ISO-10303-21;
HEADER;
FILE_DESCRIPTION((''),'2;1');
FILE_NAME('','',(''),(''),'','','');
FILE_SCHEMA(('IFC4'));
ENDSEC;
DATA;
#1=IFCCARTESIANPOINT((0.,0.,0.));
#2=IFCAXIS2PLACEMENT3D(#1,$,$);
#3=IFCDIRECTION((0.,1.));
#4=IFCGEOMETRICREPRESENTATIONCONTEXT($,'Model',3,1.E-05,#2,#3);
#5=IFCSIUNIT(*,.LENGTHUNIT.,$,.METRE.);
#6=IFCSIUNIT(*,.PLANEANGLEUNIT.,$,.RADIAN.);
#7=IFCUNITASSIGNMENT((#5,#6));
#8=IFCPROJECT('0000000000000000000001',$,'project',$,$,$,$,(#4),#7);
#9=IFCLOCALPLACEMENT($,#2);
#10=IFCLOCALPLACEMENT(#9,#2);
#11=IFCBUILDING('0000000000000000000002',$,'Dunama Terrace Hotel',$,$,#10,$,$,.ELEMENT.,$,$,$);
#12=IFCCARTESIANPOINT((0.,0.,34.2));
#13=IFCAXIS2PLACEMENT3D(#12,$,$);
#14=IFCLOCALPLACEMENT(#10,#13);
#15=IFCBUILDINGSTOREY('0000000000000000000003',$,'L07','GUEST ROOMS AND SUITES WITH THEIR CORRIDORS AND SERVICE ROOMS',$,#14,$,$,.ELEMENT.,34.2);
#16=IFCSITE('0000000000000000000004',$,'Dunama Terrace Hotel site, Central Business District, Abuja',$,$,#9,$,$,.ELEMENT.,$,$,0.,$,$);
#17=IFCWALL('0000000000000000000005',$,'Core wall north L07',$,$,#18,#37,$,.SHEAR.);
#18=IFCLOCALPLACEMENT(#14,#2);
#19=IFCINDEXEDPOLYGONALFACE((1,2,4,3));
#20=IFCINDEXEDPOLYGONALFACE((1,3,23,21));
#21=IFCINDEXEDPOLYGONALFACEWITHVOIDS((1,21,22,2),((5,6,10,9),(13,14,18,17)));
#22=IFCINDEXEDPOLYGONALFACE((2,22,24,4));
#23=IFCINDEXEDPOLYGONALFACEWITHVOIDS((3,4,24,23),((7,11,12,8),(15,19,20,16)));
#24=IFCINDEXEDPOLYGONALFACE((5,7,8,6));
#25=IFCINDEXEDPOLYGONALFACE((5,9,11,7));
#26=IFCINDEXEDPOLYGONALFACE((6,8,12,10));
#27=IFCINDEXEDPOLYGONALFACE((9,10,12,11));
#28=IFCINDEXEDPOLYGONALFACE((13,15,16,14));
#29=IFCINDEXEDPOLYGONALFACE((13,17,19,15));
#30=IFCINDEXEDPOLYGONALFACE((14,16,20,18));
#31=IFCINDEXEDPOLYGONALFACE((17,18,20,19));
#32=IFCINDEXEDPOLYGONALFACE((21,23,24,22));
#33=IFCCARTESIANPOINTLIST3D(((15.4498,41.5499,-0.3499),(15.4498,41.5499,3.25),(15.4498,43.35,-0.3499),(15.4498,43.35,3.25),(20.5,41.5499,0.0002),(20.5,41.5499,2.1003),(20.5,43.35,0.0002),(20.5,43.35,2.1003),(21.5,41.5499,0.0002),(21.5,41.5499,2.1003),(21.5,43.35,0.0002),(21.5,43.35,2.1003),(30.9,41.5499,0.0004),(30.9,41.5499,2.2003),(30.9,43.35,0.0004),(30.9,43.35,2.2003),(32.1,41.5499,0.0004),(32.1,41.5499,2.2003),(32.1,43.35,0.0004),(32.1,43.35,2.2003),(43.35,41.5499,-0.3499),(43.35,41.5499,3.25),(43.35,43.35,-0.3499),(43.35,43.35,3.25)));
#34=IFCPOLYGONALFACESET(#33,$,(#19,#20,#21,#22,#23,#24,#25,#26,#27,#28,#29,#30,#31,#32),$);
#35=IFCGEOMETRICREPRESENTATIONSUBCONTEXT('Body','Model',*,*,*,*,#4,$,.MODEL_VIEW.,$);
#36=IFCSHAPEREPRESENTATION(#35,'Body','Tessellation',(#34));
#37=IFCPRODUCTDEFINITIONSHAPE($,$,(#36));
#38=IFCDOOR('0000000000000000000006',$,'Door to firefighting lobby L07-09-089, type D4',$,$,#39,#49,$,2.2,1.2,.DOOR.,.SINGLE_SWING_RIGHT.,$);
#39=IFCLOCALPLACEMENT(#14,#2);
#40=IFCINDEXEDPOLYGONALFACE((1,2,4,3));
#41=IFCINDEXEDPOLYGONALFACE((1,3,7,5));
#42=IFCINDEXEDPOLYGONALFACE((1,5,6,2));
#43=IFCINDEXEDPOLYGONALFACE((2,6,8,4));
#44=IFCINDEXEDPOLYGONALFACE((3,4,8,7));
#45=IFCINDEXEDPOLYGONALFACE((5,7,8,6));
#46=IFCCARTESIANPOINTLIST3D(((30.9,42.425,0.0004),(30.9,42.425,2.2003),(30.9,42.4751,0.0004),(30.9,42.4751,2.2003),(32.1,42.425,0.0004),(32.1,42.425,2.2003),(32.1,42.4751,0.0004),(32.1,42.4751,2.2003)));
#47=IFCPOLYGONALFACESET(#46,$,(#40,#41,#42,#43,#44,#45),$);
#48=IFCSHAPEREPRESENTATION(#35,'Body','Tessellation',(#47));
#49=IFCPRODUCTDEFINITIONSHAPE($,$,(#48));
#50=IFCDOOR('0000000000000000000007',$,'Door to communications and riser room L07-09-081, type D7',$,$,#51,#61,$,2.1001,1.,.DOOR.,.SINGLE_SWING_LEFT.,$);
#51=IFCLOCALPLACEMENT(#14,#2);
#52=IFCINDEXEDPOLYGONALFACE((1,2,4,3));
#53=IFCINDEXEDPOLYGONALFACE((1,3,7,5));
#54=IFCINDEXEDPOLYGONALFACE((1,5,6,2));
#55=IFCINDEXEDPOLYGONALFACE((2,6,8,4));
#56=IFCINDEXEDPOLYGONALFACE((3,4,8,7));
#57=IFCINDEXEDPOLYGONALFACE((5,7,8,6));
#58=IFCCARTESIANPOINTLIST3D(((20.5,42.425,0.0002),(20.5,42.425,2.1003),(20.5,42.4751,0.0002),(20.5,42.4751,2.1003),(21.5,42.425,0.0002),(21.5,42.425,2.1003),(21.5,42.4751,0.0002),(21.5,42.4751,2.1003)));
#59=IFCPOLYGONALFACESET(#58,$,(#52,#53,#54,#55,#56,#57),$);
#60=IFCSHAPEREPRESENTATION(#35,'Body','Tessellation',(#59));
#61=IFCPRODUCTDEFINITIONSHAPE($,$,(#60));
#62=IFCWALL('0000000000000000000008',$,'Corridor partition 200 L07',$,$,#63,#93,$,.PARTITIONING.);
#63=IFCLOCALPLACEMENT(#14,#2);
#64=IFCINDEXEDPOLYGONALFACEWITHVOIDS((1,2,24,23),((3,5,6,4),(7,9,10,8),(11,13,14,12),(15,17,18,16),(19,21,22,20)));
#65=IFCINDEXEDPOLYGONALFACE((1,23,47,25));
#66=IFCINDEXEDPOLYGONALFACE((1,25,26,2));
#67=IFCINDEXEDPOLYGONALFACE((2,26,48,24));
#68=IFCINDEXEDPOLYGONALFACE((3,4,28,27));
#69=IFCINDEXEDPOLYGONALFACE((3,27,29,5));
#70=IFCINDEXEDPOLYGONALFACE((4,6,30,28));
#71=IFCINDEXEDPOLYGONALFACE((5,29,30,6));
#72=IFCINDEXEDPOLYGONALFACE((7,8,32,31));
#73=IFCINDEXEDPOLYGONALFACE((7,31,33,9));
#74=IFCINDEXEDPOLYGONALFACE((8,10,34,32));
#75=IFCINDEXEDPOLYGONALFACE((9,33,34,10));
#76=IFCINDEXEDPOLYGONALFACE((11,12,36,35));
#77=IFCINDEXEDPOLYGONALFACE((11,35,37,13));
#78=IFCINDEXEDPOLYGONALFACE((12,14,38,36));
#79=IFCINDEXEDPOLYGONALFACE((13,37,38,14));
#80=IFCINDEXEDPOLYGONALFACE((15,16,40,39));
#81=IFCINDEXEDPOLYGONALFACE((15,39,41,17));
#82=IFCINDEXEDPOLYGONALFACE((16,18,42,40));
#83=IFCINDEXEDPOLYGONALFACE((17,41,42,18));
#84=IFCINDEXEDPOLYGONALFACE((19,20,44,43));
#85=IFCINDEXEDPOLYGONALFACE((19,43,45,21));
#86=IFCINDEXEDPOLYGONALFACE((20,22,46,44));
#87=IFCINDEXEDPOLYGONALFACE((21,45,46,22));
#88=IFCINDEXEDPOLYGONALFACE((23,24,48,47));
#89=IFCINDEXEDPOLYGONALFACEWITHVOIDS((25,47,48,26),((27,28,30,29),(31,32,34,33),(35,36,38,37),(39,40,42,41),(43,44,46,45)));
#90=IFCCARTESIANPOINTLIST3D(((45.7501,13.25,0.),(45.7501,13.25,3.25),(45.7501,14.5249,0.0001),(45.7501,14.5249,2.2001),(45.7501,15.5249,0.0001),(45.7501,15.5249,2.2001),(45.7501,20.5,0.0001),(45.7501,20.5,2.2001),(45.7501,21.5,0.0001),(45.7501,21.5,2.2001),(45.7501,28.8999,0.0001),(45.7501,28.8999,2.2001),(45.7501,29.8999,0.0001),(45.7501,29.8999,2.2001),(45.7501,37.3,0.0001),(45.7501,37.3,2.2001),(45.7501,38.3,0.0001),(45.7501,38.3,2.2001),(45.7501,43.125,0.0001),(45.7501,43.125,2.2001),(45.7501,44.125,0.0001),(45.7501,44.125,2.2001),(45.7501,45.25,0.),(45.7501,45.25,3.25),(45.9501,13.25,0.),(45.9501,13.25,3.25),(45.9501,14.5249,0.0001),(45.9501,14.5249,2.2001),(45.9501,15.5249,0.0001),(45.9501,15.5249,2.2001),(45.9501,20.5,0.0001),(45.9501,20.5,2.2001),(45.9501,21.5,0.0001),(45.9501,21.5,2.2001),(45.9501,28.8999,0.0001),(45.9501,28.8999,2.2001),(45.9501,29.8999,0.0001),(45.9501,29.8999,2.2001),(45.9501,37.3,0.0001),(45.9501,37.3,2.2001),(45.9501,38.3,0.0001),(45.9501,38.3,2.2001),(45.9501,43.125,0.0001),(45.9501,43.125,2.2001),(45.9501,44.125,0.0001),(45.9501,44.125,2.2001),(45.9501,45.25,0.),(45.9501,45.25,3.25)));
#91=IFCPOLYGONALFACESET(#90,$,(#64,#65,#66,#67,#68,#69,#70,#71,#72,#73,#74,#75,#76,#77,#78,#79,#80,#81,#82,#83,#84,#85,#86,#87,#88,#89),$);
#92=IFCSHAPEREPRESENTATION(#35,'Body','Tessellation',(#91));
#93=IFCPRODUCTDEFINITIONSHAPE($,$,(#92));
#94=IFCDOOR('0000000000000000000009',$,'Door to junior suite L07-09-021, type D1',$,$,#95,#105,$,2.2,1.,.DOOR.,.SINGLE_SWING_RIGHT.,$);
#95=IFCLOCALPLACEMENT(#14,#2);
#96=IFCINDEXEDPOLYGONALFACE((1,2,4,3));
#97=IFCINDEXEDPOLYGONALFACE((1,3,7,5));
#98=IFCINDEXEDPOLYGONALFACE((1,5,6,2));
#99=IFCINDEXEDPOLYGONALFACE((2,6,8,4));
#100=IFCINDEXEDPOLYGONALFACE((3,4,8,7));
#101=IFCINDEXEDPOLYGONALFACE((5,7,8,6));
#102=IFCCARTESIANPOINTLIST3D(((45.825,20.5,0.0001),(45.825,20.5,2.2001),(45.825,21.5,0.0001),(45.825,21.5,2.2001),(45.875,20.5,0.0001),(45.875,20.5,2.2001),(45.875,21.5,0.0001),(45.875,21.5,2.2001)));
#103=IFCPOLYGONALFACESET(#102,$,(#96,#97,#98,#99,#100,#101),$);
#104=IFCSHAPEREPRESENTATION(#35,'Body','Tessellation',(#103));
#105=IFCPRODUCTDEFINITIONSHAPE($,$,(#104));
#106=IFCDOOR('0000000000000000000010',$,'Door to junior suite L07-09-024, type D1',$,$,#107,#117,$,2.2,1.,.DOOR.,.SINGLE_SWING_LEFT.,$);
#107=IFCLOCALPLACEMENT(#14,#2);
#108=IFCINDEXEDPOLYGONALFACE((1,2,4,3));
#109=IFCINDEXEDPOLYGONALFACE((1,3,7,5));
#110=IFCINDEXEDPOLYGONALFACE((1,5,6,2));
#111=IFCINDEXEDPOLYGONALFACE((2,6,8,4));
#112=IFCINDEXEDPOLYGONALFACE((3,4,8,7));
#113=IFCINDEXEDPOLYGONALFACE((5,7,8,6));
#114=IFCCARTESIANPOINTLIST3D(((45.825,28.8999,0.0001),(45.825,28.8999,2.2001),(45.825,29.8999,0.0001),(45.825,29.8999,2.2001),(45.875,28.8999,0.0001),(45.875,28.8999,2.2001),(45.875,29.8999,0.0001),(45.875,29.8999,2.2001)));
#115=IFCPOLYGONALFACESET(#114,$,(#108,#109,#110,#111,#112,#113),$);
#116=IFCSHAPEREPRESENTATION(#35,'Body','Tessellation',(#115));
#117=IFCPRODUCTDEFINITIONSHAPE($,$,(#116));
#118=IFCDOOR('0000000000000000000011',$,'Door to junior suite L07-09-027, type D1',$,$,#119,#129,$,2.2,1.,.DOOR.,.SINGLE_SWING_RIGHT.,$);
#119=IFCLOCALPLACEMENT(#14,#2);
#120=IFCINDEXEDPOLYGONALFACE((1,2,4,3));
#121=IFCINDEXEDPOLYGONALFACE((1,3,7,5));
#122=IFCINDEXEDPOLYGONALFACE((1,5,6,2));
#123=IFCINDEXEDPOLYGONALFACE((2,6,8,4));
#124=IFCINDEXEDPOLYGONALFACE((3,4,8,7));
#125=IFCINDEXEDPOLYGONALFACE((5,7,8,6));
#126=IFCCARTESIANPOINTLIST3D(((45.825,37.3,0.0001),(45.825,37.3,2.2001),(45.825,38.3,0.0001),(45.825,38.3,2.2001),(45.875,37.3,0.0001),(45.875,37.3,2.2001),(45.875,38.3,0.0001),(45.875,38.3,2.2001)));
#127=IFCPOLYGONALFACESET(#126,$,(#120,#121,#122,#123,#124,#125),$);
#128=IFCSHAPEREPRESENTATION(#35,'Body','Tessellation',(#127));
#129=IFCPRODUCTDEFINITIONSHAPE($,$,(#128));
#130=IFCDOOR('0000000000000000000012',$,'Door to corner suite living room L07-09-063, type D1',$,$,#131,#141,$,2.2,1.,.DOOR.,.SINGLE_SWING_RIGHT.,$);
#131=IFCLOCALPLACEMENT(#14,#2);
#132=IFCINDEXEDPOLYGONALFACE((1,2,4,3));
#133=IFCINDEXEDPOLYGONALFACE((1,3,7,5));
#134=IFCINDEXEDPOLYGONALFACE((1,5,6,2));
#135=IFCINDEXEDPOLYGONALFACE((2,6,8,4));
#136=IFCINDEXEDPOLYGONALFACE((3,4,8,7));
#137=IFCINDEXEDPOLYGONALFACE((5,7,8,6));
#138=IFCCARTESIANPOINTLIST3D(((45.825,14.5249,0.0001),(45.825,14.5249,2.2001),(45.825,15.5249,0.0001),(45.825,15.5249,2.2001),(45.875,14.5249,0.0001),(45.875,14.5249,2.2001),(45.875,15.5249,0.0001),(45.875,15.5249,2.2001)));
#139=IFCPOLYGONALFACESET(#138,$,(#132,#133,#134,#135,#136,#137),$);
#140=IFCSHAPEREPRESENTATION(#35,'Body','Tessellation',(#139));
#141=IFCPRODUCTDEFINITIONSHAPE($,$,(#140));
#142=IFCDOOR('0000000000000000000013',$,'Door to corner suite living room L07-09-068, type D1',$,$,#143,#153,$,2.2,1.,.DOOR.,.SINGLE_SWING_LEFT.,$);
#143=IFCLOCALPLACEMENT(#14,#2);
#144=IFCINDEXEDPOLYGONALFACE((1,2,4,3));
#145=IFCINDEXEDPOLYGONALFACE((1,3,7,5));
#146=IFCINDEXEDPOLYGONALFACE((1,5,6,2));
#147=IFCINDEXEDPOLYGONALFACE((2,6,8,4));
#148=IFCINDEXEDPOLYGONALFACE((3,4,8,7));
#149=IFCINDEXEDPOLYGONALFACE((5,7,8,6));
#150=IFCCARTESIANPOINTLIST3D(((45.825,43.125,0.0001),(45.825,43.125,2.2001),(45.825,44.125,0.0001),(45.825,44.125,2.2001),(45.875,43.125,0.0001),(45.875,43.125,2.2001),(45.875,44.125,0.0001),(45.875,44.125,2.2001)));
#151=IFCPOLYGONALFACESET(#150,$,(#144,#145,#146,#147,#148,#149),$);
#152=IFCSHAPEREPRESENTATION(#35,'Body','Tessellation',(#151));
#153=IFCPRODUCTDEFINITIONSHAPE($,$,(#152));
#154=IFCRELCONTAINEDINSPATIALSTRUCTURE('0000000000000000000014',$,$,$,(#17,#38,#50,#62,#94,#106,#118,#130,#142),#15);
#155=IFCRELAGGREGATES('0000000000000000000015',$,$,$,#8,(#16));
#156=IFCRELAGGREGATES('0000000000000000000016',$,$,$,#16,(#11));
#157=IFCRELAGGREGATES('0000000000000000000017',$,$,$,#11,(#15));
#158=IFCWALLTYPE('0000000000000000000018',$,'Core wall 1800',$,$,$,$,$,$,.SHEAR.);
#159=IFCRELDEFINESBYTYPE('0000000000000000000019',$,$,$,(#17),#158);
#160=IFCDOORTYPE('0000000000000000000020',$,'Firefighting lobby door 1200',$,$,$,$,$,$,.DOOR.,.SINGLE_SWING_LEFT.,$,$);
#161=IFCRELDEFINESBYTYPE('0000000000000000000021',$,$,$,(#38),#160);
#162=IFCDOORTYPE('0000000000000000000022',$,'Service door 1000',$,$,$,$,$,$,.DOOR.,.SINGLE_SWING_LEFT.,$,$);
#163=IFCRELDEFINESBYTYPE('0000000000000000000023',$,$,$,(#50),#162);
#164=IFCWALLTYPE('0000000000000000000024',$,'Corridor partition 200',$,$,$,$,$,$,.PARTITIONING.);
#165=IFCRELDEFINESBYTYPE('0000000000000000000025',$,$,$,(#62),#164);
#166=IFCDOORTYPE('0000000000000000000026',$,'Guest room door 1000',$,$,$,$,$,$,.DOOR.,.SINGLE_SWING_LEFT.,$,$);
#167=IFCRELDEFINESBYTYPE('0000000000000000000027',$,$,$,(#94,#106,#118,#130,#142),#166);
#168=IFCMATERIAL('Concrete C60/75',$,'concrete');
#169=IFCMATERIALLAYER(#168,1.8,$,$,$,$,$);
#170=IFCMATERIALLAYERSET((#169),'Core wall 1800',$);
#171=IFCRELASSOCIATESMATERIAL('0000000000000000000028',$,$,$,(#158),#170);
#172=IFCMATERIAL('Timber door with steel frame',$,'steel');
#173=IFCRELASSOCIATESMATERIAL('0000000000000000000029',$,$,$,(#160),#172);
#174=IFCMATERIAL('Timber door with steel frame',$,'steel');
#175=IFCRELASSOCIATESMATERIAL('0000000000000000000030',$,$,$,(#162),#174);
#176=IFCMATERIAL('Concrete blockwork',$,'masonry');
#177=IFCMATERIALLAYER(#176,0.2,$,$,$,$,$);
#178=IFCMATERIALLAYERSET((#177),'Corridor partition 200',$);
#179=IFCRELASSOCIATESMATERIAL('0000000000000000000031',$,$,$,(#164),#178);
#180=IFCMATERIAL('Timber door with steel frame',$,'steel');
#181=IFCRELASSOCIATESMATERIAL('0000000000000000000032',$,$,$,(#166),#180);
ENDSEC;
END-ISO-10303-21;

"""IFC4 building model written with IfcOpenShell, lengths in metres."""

from ifc_helpers import new_model, si_unit, direction, frame, frame_2d, origin, place, context, subcontext, project, spatial, rectangle, extrude, material, layer, layer_set, type_object, element, fill, save


model = new_model("IFC4")

# Units and contexts
model_context = context("Model", 3, precision=1e-05, world=origin(), true_north=direction((0.0, 1.0)))
body_context = subcontext(model_context, "Body", "Model", "MODEL_VIEW")
ifc_project = project(units=[si_unit("LENGTHUNIT", "METRE"), si_unit("PLANEANGLEUNIT", "RADIAN")], contexts=[model_context])

# Site, building, storey
site_placement = place(None, origin())
site = spatial("IfcSite", under=ifc_project, at=site_placement, Name="Dunama Terrace Hotel site, Central Business District, Abuja", CompositionType="ELEMENT", RefElevation=0.0)
building_placement = place(site_placement, origin())
building = spatial("IfcBuilding", under=site, at=building_placement, Name="Dunama Terrace Hotel", CompositionType="ELEMENT")
storey_placement = place(building_placement, frame((0.0, 0.0, 34.2)))
storey = spatial("IfcBuildingStorey", under=building, at=storey_placement, Name="L07", Description="GUEST ROOMS AND SUITES WITH THEIR CORRIDORS AND SERVICE ROOMS", CompositionType="ELEMENT", Elevation=34.2)

# Walls, openings, doors
ifc_material_1 = material(Name="Concrete C60/75", Category="concrete")
ifc_layer_1 = layer(ifc_material_1, 1.8)
ifc_layer_set_1 = layer_set([ifc_layer_1], Name="Core wall 1800")
wall_type_1 = type_object("IfcWallType", Name="Core wall 1800", PredefinedType="SHEAR", material=ifc_layer_set_1)
wall_1_placement = place(storey_placement, frame((43.3501, 42.45, -0.3499), z_axis=(0.0, 0.0, 1.0), x_axis=(-1.0, 0.0, 0.0)))
wall_1 = element("IfcWall", 1, at=wall_1_placement, inside=storey, type_object=wall_type_1, Name="Core wall north L07", PredefinedType="SHEAR", context=body_context, shape_type="SweptSolid", body=[
    extrude(rectangle(XDim=27.9001, YDim=1.8, at=frame_2d((13.9502, 0.0))), origin(), (0.0, 0.0, 1.0), 3.5999),
])
opening_1_placement = place(wall_1_placement, frame((21.8501, 0.0, 0.3501)))
opening_1 = element("IfcOpeningElement", 2, at=opening_1_placement, cuts=wall_1, PredefinedType="OPENING", context=body_context, shape_type="SweptSolid", body=[
    extrude(rectangle(XDim=1.0, YDim=2.1001, at=frame_2d((0.5, 1.05))), frame((0.0, 0.9099, 0.0), z_axis=(0.0, -1.0, 0.0), x_axis=(1.0, 0.0, 0.0)), (0.0, 0.0, 1.0), 1.8201),
])
opening_2_placement = place(wall_1_placement, frame((11.25, 0.0, 0.3501)))
opening_2 = element("IfcOpeningElement", 3, at=opening_2_placement, cuts=wall_1, PredefinedType="OPENING", context=body_context, shape_type="SweptSolid", body=[
    extrude(rectangle(XDim=1.2, YDim=2.2, at=frame_2d((0.6001, 1.1001))), frame((0.0, 0.9099, 0.0), z_axis=(0.0, -1.0, 0.0), x_axis=(1.0, 0.0, 0.0)), (0.0, 0.0, 1.0), 1.8201),
])
ifc_material_2 = material(Name="Timber door with steel frame", Category="steel")
door_type_1 = type_object("IfcDoorType", Name="Firefighting lobby door 1200", OperationType="SINGLE_SWING_LEFT", PredefinedType="DOOR", material=ifc_material_2)
door_1_placement = place(opening_2_placement, origin())
door_1 = element("IfcDoor", 4, at=door_1_placement, inside=storey, type_object=door_type_1, Name="Door to firefighting lobby L07-09-089, type D4", OperationType="SINGLE_SWING_RIGHT", OverallHeight=2.2, OverallWidth=1.2, PredefinedType="DOOR", context=body_context, shape_type="SweptSolid", body=[
    extrude(rectangle(XDim=1.2, YDim=2.2, at=frame_2d((0.6001, 1.1001))), frame((0.0, 0.0249, 0.0), z_axis=(0.0, -1.0, 0.0), x_axis=(1.0, 0.0, 0.0)), (0.0, 0.0, 1.0), 0.05),
])
fill(opening_2, door_1)
ifc_material_3 = material(Name="Timber door with steel frame", Category="steel")
door_type_2 = type_object("IfcDoorType", Name="Service door 1000", OperationType="SINGLE_SWING_LEFT", PredefinedType="DOOR", material=ifc_material_3)
door_2_placement = place(opening_1_placement, origin())
door_2 = element("IfcDoor", 5, at=door_2_placement, inside=storey, type_object=door_type_2, Name="Door to communications and riser room L07-09-081, type D7", OperationType="SINGLE_SWING_LEFT", OverallHeight=2.1001, OverallWidth=1.0, PredefinedType="DOOR", context=body_context, shape_type="SweptSolid", body=[
    extrude(rectangle(XDim=1.0, YDim=2.1001, at=frame_2d((0.5, 1.05))), frame((0.0, 0.0249, 0.0), z_axis=(0.0, -1.0, 0.0), x_axis=(1.0, 0.0, 0.0)), (0.0, 0.0, 1.0), 0.05),
])
fill(opening_1, door_2)
ifc_material_4 = material(Name="Concrete blockwork", Category="masonry")
ifc_layer_2 = layer(ifc_material_4, 0.2)
ifc_layer_set_2 = layer_set([ifc_layer_2], Name="Corridor partition 200")
wall_type_2 = type_object("IfcWallType", Name="Corridor partition 200", PredefinedType="PARTITIONING", material=ifc_layer_set_2)
wall_2_placement = place(storey_placement, frame((45.8501, 45.25, 0.0), z_axis=(0.0, 0.0, 1.0), x_axis=(0.0, -1.0, 0.0)))
wall_2 = element("IfcWall", 6, at=wall_2_placement, inside=storey, type_object=wall_type_2, Name="Corridor partition 200 L07", PredefinedType="PARTITIONING", context=body_context, shape_type="SweptSolid", body=[
    extrude(rectangle(XDim=32.0, YDim=0.2, at=frame_2d((16.0, 0.0))), origin(), (0.0, 0.0, 1.0), 3.25),
])
opening_3_placement = place(wall_2_placement, frame((23.75, 0.0, 0.0)))
opening_3 = element("IfcOpeningElement", 7, at=opening_3_placement, cuts=wall_2, PredefinedType="OPENING", context=body_context, shape_type="SweptSolid", body=[
    extrude(rectangle(XDim=1.0, YDim=2.2, at=frame_2d((0.5, 1.1001))), frame((0.0, 0.1099, 0.0), z_axis=(0.0, -1.0, 0.0), x_axis=(1.0, 0.0, 0.0)), (0.0, 0.0, 1.0), 0.22),
])
opening_4_placement = place(wall_2_placement, frame((15.3501, 0.0, 0.0)))
opening_4 = element("IfcOpeningElement", 8, at=opening_4_placement, cuts=wall_2, PredefinedType="OPENING", context=body_context, shape_type="SweptSolid", body=[
    extrude(rectangle(XDim=1.0, YDim=2.2, at=frame_2d((0.5, 1.1001))), frame((0.0, 0.1099, 0.0), z_axis=(0.0, -1.0, 0.0), x_axis=(1.0, 0.0, 0.0)), (0.0, 0.0, 1.0), 0.22),
])
opening_5_placement = place(wall_2_placement, frame((6.95, 0.0, 0.0)))
opening_5 = element("IfcOpeningElement", 9, at=opening_5_placement, cuts=wall_2, PredefinedType="OPENING", context=body_context, shape_type="SweptSolid", body=[
    extrude(rectangle(XDim=1.0, YDim=2.2, at=frame_2d((0.5, 1.1001))), frame((0.0, 0.1099, 0.0), z_axis=(0.0, -1.0, 0.0), x_axis=(1.0, 0.0, 0.0)), (0.0, 0.0, 1.0), 0.22),
])
opening_6_placement = place(wall_2_placement, frame((29.7251, 0.0, 0.0)))
opening_6 = element("IfcOpeningElement", 10, at=opening_6_placement, cuts=wall_2, PredefinedType="OPENING", context=body_context, shape_type="SweptSolid", body=[
    extrude(rectangle(XDim=1.0, YDim=2.2, at=frame_2d((0.5, 1.1001))), frame((0.0, 0.1099, 0.0), z_axis=(0.0, -1.0, 0.0), x_axis=(1.0, 0.0, 0.0)), (0.0, 0.0, 1.0), 0.22),
])
opening_7_placement = place(wall_2_placement, frame((1.125, 0.0, 0.0)))
opening_7 = element("IfcOpeningElement", 11, at=opening_7_placement, cuts=wall_2, PredefinedType="OPENING", context=body_context, shape_type="SweptSolid", body=[
    extrude(rectangle(XDim=1.0, YDim=2.2, at=frame_2d((0.5, 1.1001))), frame((0.0, 0.1099, 0.0), z_axis=(0.0, -1.0, 0.0), x_axis=(1.0, 0.0, 0.0)), (0.0, 0.0, 1.0), 0.22),
])
ifc_material_5 = material(Name="Timber door with steel frame", Category="steel")
door_type_3 = type_object("IfcDoorType", Name="Guest room door 1000", OperationType="SINGLE_SWING_LEFT", PredefinedType="DOOR", material=ifc_material_5)
door_3_placement = place(opening_3_placement, origin())
door_3 = element("IfcDoor", 12, at=door_3_placement, inside=storey, type_object=door_type_3, Name="Door to junior suite L07-09-021, type D1", OperationType="SINGLE_SWING_RIGHT", OverallHeight=2.2, OverallWidth=1.0, PredefinedType="DOOR", context=body_context, shape_type="SweptSolid", body=[
    extrude(rectangle(XDim=1.0, YDim=2.2, at=frame_2d((0.5, 1.1001))), frame((0.0, 0.0249, 0.0), z_axis=(0.0, -1.0, 0.0), x_axis=(1.0, 0.0, 0.0)), (0.0, 0.0, 1.0), 0.05),
])
fill(opening_3, door_3)
door_4_placement = place(opening_4_placement, origin())
door_4 = element("IfcDoor", 13, at=door_4_placement, inside=storey, type_object=door_type_3, Name="Door to junior suite L07-09-024, type D1", OperationType="SINGLE_SWING_LEFT", OverallHeight=2.2, OverallWidth=1.0, PredefinedType="DOOR", context=body_context, shape_type="SweptSolid", body=[
    extrude(rectangle(XDim=1.0, YDim=2.2, at=frame_2d((0.5, 1.1001))), frame((0.0, 0.0249, 0.0), z_axis=(0.0, -1.0, 0.0), x_axis=(1.0, 0.0, 0.0)), (0.0, 0.0, 1.0), 0.05),
])
fill(opening_4, door_4)
door_5_placement = place(opening_5_placement, origin())
door_5 = element("IfcDoor", 14, at=door_5_placement, inside=storey, type_object=door_type_3, Name="Door to junior suite L07-09-027, type D1", OperationType="SINGLE_SWING_RIGHT", OverallHeight=2.2, OverallWidth=1.0, PredefinedType="DOOR", context=body_context, shape_type="SweptSolid", body=[
    extrude(rectangle(XDim=1.0, YDim=2.2, at=frame_2d((0.5, 1.1001))), frame((0.0, 0.0249, 0.0), z_axis=(0.0, -1.0, 0.0), x_axis=(1.0, 0.0, 0.0)), (0.0, 0.0, 1.0), 0.05),
])
fill(opening_5, door_5)
door_6_placement = place(opening_6_placement, origin())
door_6 = element("IfcDoor", 15, at=door_6_placement, inside=storey, type_object=door_type_3, Name="Door to corner suite living room L07-09-063, type D1", OperationType="SINGLE_SWING_RIGHT", OverallHeight=2.2, OverallWidth=1.0, PredefinedType="DOOR", context=body_context, shape_type="SweptSolid", body=[
    extrude(rectangle(XDim=1.0, YDim=2.2, at=frame_2d((0.5, 1.1001))), frame((0.0, 0.0249, 0.0), z_axis=(0.0, -1.0, 0.0), x_axis=(1.0, 0.0, 0.0)), (0.0, 0.0, 1.0), 0.05),
])
fill(opening_6, door_6)
door_7_placement = place(opening_7_placement, origin())
door_7 = element("IfcDoor", 16, at=door_7_placement, inside=storey, type_object=door_type_3, Name="Door to corner suite living room L07-09-068, type D1", OperationType="SINGLE_SWING_LEFT", OverallHeight=2.2, OverallWidth=1.0, PredefinedType="DOOR", context=body_context, shape_type="SweptSolid", body=[
    extrude(rectangle(XDim=1.0, YDim=2.2, at=frame_2d((0.5, 1.1001))), frame((0.0, 0.0249, 0.0), z_axis=(0.0, -1.0, 0.0), x_axis=(1.0, 0.0, 0.0)), (0.0, 0.0, 1.0), 0.05),
])
fill(opening_7, door_7)

save(model, "model.ifc")
